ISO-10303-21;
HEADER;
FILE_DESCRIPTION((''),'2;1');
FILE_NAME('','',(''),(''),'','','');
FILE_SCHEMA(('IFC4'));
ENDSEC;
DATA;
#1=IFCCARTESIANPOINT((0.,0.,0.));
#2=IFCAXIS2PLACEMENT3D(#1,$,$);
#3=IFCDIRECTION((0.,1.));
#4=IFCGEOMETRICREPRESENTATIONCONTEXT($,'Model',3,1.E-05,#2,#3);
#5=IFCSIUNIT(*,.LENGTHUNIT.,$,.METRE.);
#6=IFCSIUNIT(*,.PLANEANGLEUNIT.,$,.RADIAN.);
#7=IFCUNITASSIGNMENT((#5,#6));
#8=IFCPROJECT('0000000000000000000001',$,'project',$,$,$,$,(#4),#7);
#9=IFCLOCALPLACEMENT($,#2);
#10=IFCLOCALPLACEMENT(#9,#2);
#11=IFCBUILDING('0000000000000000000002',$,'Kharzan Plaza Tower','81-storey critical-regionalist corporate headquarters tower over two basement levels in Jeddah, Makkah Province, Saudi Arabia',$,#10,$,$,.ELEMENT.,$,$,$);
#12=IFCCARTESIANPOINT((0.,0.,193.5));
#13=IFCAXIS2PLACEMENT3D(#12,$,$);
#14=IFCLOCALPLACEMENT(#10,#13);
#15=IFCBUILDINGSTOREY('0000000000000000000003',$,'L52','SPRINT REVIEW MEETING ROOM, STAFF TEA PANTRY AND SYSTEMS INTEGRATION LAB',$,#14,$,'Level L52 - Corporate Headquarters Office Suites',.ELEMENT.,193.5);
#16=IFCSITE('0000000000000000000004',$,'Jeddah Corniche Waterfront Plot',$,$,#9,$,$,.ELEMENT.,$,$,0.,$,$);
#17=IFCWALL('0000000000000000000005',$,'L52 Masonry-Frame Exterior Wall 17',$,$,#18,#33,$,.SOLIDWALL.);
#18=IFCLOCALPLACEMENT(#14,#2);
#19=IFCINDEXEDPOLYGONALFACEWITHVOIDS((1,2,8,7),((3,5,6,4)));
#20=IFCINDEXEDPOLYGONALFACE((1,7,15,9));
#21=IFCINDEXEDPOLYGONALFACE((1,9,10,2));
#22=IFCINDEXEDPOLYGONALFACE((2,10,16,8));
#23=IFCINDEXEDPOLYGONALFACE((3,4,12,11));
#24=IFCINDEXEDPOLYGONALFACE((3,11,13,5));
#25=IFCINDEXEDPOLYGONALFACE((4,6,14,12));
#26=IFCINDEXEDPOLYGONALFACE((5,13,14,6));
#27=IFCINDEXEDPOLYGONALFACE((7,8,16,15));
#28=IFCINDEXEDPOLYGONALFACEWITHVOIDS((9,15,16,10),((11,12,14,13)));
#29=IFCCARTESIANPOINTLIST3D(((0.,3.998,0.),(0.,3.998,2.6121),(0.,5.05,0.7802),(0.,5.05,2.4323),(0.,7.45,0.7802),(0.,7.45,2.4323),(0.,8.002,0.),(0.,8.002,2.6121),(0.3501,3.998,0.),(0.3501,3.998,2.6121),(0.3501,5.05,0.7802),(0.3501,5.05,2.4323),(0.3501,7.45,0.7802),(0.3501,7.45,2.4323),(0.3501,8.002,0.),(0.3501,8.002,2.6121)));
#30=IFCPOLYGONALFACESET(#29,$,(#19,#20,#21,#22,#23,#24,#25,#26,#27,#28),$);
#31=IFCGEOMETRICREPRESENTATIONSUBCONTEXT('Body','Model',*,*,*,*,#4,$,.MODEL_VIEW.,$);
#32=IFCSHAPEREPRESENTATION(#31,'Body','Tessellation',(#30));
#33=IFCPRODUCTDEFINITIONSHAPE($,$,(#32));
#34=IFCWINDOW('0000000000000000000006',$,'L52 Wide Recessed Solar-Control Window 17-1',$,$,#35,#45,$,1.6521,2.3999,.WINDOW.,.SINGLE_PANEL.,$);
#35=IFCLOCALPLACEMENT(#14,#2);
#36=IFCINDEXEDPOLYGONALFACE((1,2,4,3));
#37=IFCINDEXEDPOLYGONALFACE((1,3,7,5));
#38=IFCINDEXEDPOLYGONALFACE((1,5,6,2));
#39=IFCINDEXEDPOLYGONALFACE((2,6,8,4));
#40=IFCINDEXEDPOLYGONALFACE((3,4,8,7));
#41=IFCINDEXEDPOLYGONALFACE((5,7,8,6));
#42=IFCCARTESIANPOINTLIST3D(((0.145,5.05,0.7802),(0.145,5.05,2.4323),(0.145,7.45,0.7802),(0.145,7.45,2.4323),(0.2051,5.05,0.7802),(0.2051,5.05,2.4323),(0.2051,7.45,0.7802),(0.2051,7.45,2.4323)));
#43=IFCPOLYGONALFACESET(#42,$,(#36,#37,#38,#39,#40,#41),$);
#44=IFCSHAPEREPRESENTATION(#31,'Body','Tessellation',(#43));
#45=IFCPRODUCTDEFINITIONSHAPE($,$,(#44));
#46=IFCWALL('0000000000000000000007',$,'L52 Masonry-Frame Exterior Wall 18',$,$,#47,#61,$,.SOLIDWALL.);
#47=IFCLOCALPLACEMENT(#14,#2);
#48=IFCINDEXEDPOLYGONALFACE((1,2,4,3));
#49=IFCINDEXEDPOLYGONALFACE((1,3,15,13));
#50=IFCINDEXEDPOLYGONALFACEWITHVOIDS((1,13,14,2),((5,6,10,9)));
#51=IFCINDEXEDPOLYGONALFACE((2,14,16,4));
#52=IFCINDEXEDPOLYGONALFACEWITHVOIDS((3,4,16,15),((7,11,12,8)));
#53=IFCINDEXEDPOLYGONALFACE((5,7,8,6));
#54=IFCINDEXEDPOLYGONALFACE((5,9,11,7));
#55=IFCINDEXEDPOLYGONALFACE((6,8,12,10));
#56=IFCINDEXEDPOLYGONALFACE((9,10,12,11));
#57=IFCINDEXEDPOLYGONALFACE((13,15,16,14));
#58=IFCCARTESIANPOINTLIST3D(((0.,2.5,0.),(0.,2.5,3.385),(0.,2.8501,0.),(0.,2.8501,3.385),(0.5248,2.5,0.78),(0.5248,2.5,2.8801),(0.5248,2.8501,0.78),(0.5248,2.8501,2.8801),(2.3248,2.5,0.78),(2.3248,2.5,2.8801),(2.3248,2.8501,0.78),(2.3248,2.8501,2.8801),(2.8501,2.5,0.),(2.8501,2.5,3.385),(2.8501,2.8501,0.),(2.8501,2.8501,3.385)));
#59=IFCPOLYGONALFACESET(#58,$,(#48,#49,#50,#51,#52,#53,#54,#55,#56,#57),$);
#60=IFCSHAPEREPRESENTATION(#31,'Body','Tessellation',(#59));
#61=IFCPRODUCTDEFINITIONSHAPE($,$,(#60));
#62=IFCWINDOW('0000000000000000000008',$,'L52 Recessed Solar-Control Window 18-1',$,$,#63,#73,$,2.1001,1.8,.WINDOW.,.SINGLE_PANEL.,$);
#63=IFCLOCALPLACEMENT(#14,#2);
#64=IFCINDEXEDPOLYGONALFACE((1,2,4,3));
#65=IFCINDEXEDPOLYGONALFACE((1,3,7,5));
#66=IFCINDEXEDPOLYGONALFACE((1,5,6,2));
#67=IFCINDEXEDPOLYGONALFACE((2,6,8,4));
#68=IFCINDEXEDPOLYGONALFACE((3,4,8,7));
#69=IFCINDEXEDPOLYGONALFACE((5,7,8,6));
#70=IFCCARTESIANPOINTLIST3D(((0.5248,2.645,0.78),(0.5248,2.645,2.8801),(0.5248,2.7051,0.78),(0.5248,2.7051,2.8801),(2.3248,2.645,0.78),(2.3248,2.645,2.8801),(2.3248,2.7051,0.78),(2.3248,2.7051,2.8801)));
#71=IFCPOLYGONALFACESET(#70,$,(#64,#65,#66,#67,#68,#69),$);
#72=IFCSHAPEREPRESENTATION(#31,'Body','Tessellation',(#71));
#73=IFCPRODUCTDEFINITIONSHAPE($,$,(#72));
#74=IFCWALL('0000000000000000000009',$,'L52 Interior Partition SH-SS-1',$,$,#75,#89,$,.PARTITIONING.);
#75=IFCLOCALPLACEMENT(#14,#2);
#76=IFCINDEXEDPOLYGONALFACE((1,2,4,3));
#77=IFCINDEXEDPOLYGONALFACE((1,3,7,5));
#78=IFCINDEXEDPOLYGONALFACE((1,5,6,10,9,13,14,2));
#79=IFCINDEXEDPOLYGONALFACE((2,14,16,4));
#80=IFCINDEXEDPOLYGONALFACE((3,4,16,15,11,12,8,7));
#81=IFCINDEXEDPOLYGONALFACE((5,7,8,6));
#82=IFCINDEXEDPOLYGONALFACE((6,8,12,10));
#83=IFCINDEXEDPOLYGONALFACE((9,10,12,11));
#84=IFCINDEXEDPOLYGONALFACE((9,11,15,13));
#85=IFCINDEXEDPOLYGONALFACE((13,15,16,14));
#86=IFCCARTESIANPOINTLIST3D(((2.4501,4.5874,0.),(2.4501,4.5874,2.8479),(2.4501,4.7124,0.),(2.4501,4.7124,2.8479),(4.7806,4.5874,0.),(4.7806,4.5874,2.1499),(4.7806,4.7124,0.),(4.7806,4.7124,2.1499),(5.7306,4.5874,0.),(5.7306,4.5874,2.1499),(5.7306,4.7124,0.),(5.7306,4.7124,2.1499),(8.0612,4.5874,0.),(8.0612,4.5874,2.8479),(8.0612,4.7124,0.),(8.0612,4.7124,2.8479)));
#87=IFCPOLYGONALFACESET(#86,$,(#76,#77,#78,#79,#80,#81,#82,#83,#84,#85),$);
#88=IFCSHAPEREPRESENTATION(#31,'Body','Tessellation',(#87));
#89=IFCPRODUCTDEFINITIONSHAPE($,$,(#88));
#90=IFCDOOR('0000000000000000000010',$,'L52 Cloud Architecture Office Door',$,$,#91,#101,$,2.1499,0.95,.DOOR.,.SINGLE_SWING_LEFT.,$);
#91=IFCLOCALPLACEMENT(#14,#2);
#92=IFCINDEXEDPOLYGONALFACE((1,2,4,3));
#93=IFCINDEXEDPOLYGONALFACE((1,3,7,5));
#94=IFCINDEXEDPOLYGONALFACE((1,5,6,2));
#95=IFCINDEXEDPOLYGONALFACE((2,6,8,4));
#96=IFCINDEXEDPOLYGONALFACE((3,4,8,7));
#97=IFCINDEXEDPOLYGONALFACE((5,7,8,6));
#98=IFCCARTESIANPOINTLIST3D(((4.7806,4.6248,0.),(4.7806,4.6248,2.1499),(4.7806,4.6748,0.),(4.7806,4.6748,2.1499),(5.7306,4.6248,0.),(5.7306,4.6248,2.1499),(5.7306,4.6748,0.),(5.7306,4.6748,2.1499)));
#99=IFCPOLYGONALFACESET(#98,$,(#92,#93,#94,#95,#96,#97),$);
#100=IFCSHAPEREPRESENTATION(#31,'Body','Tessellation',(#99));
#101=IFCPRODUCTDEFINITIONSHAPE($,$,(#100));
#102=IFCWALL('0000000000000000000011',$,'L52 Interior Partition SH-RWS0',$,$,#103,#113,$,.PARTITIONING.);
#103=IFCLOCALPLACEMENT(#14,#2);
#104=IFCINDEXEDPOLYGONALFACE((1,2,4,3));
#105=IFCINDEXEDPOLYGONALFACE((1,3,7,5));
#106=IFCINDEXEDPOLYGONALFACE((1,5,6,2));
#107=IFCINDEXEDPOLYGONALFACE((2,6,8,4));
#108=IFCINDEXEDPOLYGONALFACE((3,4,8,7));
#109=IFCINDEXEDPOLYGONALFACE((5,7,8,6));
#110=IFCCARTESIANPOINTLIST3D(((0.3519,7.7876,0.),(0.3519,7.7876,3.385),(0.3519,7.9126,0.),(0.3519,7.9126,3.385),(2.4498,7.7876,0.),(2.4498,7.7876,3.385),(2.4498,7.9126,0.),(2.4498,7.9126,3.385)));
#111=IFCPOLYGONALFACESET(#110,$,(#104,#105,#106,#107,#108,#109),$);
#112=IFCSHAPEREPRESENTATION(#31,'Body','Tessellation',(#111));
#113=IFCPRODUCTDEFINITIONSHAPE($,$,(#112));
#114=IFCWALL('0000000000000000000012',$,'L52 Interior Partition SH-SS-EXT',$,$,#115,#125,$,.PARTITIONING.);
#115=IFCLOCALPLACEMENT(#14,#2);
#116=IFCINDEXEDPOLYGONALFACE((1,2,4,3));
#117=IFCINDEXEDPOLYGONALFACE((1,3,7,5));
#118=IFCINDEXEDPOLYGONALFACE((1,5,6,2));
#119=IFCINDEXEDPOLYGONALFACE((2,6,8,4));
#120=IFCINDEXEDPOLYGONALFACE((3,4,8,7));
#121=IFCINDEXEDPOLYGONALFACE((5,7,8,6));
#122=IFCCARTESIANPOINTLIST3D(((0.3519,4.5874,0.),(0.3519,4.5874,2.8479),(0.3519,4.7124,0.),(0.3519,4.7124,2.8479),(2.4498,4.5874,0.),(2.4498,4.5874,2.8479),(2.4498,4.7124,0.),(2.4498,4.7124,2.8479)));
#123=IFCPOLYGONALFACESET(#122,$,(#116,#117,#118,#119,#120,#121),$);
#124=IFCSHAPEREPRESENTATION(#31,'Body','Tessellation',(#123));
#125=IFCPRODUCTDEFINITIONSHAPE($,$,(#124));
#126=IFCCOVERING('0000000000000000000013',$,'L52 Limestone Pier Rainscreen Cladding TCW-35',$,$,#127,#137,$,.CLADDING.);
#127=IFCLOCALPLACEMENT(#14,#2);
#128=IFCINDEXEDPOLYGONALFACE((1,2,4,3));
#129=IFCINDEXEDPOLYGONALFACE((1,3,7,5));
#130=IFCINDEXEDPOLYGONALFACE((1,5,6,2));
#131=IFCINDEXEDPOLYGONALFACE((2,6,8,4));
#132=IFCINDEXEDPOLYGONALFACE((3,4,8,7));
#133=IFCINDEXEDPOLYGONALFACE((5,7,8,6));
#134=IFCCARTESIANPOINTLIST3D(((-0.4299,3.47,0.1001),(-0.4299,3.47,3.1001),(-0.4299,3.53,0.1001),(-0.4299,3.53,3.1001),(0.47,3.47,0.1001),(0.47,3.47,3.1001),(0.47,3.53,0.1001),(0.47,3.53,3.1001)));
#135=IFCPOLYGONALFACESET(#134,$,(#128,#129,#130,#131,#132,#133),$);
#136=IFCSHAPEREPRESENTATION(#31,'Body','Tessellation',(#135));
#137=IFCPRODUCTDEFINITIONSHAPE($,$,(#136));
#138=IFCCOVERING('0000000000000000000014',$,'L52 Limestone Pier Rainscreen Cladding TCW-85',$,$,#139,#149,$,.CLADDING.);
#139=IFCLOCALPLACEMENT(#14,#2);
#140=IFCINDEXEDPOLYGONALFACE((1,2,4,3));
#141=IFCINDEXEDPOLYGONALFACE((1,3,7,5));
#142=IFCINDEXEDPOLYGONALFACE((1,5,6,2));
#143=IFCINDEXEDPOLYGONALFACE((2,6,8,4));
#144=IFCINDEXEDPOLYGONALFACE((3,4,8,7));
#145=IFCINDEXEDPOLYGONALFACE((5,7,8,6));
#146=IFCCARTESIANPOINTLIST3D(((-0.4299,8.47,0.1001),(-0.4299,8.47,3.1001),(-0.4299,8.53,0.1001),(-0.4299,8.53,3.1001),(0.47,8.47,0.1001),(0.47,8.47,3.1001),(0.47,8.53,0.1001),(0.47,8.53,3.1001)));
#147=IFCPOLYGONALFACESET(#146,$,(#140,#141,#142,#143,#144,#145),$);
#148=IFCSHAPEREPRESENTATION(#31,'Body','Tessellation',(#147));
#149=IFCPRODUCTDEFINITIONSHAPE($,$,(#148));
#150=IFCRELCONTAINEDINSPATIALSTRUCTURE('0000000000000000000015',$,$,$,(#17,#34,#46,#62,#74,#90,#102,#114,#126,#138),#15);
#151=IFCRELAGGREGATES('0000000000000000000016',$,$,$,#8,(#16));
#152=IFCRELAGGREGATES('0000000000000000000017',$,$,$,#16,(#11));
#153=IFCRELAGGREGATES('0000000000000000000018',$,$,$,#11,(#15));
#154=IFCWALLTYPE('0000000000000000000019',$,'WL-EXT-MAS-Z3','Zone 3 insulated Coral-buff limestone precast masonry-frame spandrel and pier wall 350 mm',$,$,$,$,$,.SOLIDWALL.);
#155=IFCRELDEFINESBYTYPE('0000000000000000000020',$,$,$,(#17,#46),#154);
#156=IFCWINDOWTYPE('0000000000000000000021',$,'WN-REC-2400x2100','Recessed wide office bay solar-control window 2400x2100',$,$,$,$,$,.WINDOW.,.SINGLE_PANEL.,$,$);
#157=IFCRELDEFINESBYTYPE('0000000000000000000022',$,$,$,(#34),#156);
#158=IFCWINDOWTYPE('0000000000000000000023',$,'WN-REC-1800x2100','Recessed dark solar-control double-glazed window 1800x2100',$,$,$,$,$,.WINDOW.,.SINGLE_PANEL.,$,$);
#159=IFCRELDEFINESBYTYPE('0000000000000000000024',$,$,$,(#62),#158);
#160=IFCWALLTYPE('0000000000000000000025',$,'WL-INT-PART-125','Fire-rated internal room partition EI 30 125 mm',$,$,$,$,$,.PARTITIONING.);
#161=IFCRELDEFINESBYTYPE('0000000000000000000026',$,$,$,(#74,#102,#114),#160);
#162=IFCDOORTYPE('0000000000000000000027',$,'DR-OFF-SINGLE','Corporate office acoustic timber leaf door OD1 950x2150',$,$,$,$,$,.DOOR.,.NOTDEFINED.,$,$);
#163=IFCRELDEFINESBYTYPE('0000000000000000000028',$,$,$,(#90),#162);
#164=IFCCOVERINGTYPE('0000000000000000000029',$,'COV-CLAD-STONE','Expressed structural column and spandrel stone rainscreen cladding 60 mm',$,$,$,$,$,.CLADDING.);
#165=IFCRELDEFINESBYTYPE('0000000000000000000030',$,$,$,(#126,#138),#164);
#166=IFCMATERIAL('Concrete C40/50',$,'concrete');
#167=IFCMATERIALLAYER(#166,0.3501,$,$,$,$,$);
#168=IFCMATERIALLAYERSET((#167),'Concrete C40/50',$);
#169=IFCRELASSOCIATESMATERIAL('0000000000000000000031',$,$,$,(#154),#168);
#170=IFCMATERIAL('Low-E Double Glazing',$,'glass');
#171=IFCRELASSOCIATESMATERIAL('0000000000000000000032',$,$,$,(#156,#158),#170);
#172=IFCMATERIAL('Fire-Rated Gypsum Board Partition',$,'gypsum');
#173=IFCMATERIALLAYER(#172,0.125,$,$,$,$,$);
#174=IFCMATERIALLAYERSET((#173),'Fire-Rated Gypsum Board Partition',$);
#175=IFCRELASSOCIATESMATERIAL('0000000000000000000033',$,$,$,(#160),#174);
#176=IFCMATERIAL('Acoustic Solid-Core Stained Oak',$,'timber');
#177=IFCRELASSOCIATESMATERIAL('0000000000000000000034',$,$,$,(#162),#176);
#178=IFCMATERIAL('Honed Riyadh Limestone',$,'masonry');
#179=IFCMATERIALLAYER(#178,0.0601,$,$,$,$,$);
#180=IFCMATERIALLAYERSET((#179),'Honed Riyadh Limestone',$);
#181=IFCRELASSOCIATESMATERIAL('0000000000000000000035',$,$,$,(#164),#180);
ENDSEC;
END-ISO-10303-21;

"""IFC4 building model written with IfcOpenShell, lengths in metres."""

from ifc_helpers import new_model, si_unit, direction, frame, frame_2d, origin, origin_2d, place, context, subcontext, project, spatial, rectangle, extrude, source, transform, mapped, material, layer, layer_set, type_object, element, fill, save


model = new_model("IFC4")

# Units and contexts
model_context = context("Model", 3, precision=1e-05, world=origin(), true_north=direction((0.0, 1.0)))
body_context = subcontext(model_context, "Body", "Model", "MODEL_VIEW")
ifc_project = project(units=[si_unit("LENGTHUNIT", "METRE"), si_unit("PLANEANGLEUNIT", "RADIAN")], contexts=[model_context])

# Site, building, storey
site_placement = place(None, origin())
site = spatial("IfcSite", under=ifc_project, at=site_placement, Name="Jeddah Corniche Waterfront Plot", CompositionType="ELEMENT", RefElevation=0.0)
building_placement = place(site_placement, origin())
building = spatial("IfcBuilding", under=site, at=building_placement, Name="Kharzan Plaza Tower", Description="81-storey critical-regionalist corporate headquarters tower over two basement levels in Jeddah, Makkah Province, Saudi Arabia", CompositionType="ELEMENT")
storey_placement = place(building_placement, frame((0.0, 0.0, 193.5)))
storey = spatial("IfcBuildingStorey", under=building, at=storey_placement, Name="L52", Description="SPRINT REVIEW MEETING ROOM, STAFF TEA PANTRY AND SYSTEMS INTEGRATION LAB", LongName="Level L52 - Corporate Headquarters Office Suites", CompositionType="ELEMENT", Elevation=193.5)

# Shared definitions
ifc_material_1 = material(Name="Concrete C40/50", Category="concrete")

# Walls, openings, windows
ifc_layer_1 = layer(ifc_material_1, 0.3501)
ifc_layer_set_1 = layer_set([ifc_layer_1], Name="Concrete C40/50")
wall_type_1 = type_object("IfcWallType", Name="WL-EXT-MAS-Z3", Description="Zone 3 insulated Coral-buff limestone precast masonry-frame spandrel and pier wall 350 mm", PredefinedType="SOLIDWALL", material=ifc_layer_set_1)
wall_1_placement = place(storey_placement, frame((0.175, 8.002, 0.0), z_axis=(0.0, 0.0, 1.0), x_axis=(0.0, -1.0, 0.0)))
wall_1 = element("IfcWall", 1, at=wall_1_placement, inside=storey, type_object=wall_type_1, Name="L52 Masonry-Frame Exterior Wall 17", PredefinedType="SOLIDWALL", context=body_context, shape_type="SweptSolid", body=[
    extrude(rectangle(XDim=4.0039, YDim=0.3501, at=frame_2d((2.002, 0.0))), origin(), (0.0, 0.0, 1.0), 2.6121),
])
opening_1_placement = place(wall_1_placement, frame((0.552, 0.0, 0.78)))
opening_1 = element("IfcOpeningElement", 2, at=opening_1_placement, cuts=wall_1, PredefinedType="OPENING", context=body_context, shape_type="SweptSolid", body=[
    extrude(rectangle(XDim=2.3999, YDim=1.6521, at=frame_2d((1.2, 0.8262))), frame((0.0, 0.1851, 0.0), z_axis=(0.0, -1.0, 0.0), x_axis=(1.0, 0.0, 0.0)), (0.0, 0.0, 1.0), 0.3701),
])
ifc_material_2 = material(Name="Low-E Double Glazing", Category="glass")
window_type_1 = type_object("IfcWindowType", Name="WN-REC-2400x2100", Description="Recessed wide office bay solar-control window 2400x2100", PartitioningType="SINGLE_PANEL", PredefinedType="WINDOW", material=ifc_material_2)
shared_shape_1 = source(origin(), body_context, "Body", "SweptSolid", [
    extrude(rectangle(XDim=2.3999, YDim=1.6521, at=frame_2d((1.2, 0.8262))), frame((0.0, 0.03, 0.0), z_axis=(0.0, -1.0, 0.0), x_axis=(1.0, 0.0, 0.0)), (0.0, 0.0, 1.0), 0.0601),
])
window_1_placement = place(opening_1_placement, origin())
window_1 = element("IfcWindow", 3, at=window_1_placement, inside=storey, type_object=window_type_1, Name="L52 Wide Recessed Solar-Control Window 17-1", OverallHeight=1.6521, OverallWidth=2.3999, PartitioningType="SINGLE_PANEL", PredefinedType="WINDOW", context=body_context, shape_type="MappedRepresentation", body=[
    mapped(shared_shape_1, transform((0.0, 0.0, 0.0), x_axis=(1.0, 0.0, 0.0), y_axis=(0.0, 1.0, 0.0), z_axis=(0.0, 0.0, 1.0))),
])
fill(opening_1, window_1)
wall_2_placement = place(storey_placement, frame((0.0, 2.675, 0.0), z_axis=(0.0, 0.0, 1.0), x_axis=(1.0, 0.0, 0.0)))
wall_2 = element("IfcWall", 4, at=wall_2_placement, inside=storey, type_object=wall_type_1, Name="L52 Masonry-Frame Exterior Wall 18", PredefinedType="SOLIDWALL", context=body_context, shape_type="SweptSolid", body=[
    extrude(rectangle(XDim=2.8501, YDim=0.3501, at=frame_2d((1.425, 0.0))), origin(), (0.0, 0.0, 1.0), 3.385),
])
opening_2_placement = place(wall_2_placement, frame((0.5249, 0.0, 0.78)))
opening_2 = element("IfcOpeningElement", 5, at=opening_2_placement, cuts=wall_2, PredefinedType="OPENING", context=body_context, shape_type="SweptSolid", body=[
    extrude(rectangle(XDim=1.8, YDim=2.1001, at=frame_2d((0.8999, 1.05))), frame((0.0, 0.1851, 0.0), z_axis=(0.0, -1.0, 0.0), x_axis=(1.0, 0.0, 0.0)), (0.0, 0.0, 1.0), 0.3701),
])
window_type_2 = type_object("IfcWindowType", Name="WN-REC-1800x2100", Description="Recessed dark solar-control double-glazed window 1800x2100", PartitioningType="SINGLE_PANEL", PredefinedType="WINDOW", material=ifc_material_2)
shared_shape_2 = source(origin(), body_context, "Body", "SweptSolid", [
    extrude(rectangle(XDim=1.8, YDim=2.1001, at=frame_2d((0.8999, 1.05))), frame((0.0, 0.03, 0.0), z_axis=(0.0, -1.0, 0.0), x_axis=(1.0, 0.0, 0.0)), (0.0, 0.0, 1.0), 0.0601),
])
window_2_placement = place(opening_2_placement, origin())
window_2 = element("IfcWindow", 6, at=window_2_placement, inside=storey, type_object=window_type_2, Name="L52 Recessed Solar-Control Window 18-1", OverallHeight=2.1001, OverallWidth=1.8, PartitioningType="SINGLE_PANEL", PredefinedType="WINDOW", context=body_context, shape_type="MappedRepresentation", body=[
    mapped(shared_shape_2, transform((0.0, 0.0, 0.0), x_axis=(1.0, 0.0, 0.0), y_axis=(0.0, 1.0, 0.0), z_axis=(0.0, 0.0, 1.0))),
])
fill(opening_2, window_2)

# Wall, opening, door
ifc_material_3 = material(Name="Fire-Rated Gypsum Board Partition", Category="gypsum")
ifc_layer_2 = layer(ifc_material_3, 0.125)
ifc_layer_set_2 = layer_set([ifc_layer_2], Name="Fire-Rated Gypsum Board Partition")
wall_type_2 = type_object("IfcWallType", Name="WL-INT-PART-125", Description="Fire-rated internal room partition EI 30 125 mm", PredefinedType="PARTITIONING", material=ifc_layer_set_2)
wall_3_placement = place(storey_placement, frame((2.45, 4.6499, 0.0), z_axis=(0.0, 0.0, 1.0), x_axis=(1.0, 0.0, 0.0)))
wall_3 = element("IfcWall", 7, at=wall_3_placement, inside=storey, type_object=wall_type_2, Name="L52 Interior Partition SH-SS-1", PredefinedType="PARTITIONING", context=body_context, shape_type="SweptSolid", body=[
    extrude(rectangle(XDim=5.6111, YDim=0.125, at=frame_2d((2.8057, 0.0))), origin(), (0.0, 0.0, 1.0), 2.8479),
])
opening_3_placement = place(wall_3_placement, frame((2.3306, 0.0, 0.0)))
opening_3 = element("IfcOpeningElement", 8, at=opening_3_placement, cuts=wall_3, PredefinedType="OPENING", context=body_context, shape_type="SweptSolid", body=[
    extrude(rectangle(XDim=0.95, YDim=2.1499, at=frame_2d((0.4751, 1.075))), frame((0.0, 0.0725, 0.0), z_axis=(0.0, -1.0, 0.0), x_axis=(1.0, 0.0, 0.0)), (0.0, 0.0, 1.0), 0.145),
])
ifc_material_4 = material(Name="Acoustic Solid-Core Stained Oak", Category="timber")
door_type = type_object("IfcDoorType", Name="DR-OFF-SINGLE", Description="Corporate office acoustic timber leaf door OD1 950x2150", OperationType="NOTDEFINED", PredefinedType="DOOR", material=ifc_material_4)
shared_shape_3 = source(origin(), body_context, "Body", "SweptSolid", [
    extrude(rectangle(XDim=0.95, YDim=2.1499, at=frame_2d((0.4751, 1.075))), frame((0.0, 0.0249, 0.0), z_axis=(0.0, -1.0, 0.0), x_axis=(1.0, 0.0, 0.0)), (0.0, 0.0, 1.0), 0.05),
])
door_placement = place(opening_3_placement, origin())
door = element("IfcDoor", 9, at=door_placement, inside=storey, type_object=door_type, Name="L52 Cloud Architecture Office Door", OperationType="SINGLE_SWING_LEFT", OverallHeight=2.1499, OverallWidth=0.95, PredefinedType="DOOR", context=body_context, shape_type="MappedRepresentation", body=[
    mapped(shared_shape_3, transform((0.0, 0.0, 0.0), x_axis=(1.0, 0.0, 0.0), y_axis=(0.0, 1.0, 0.0), z_axis=(0.0, 0.0, 1.0))),
])
fill(opening_3, door)

# Walls
shared_shape_4 = source(origin(), body_context, "Body", "SweptSolid", [
    extrude(rectangle(XDim=2.0979, YDim=0.125, at=frame_2d((1.0488, 0.0))), origin(), (0.0, 0.0, 1.0), 3.385),
])
wall_4_placement = place(storey_placement, frame((0.3521, 7.8501, 0.0), z_axis=(0.0, 0.0, 1.0), x_axis=(1.0, 0.0, 0.0)))
element("IfcWall", 10, at=wall_4_placement, inside=storey, type_object=wall_type_2, Name="L52 Interior Partition SH-RWS0", PredefinedType="PARTITIONING", context=body_context, shape_type="MappedRepresentation", body=[
    mapped(shared_shape_4, transform((0.0, 0.0, 0.0), x_axis=(1.0, 0.0, 0.0), y_axis=(0.0, 1.0, 0.0), z_axis=(0.0, 0.0, 1.0))),
])
shared_shape_5 = source(origin(), body_context, "Body", "SweptSolid", [
    extrude(rectangle(XDim=2.0979, YDim=0.125, at=frame_2d((1.0488, 0.0))), origin(), (0.0, 0.0, 1.0), 2.8479),
])
wall_5_placement = place(storey_placement, frame((0.3521, 4.6499, 0.0), z_axis=(0.0, 0.0, 1.0), x_axis=(1.0, 0.0, 0.0)))
element("IfcWall", 11, at=wall_5_placement, inside=storey, type_object=wall_type_2, Name="L52 Interior Partition SH-SS-EXT", PredefinedType="PARTITIONING", context=body_context, shape_type="MappedRepresentation", body=[
    mapped(shared_shape_5, transform((0.0, 0.0, 0.0), x_axis=(1.0, 0.0, 0.0), y_axis=(0.0, 1.0, 0.0), z_axis=(0.0, 0.0, 1.0))),
])

# Coverings
ifc_material_5 = material(Name="Honed Riyadh Limestone", Category="masonry")
ifc_layer_3 = layer(ifc_material_5, 0.0601)
ifc_layer_set_3 = layer_set([ifc_layer_3], Name="Honed Riyadh Limestone")
covering_type = type_object("IfcCoveringType", Name="COV-CLAD-STONE", Description="Expressed structural column and spandrel stone rainscreen cladding 60 mm", PredefinedType="CLADDING", material=ifc_layer_set_3)
shared_shape_6 = source(origin(), body_context, "Body", "SweptSolid", [
    extrude(rectangle(XDim=0.0601, YDim=0.8999, at=origin_2d()), origin(), (0.0, 0.0, 1.0), 3.0),
])
for number, where, z_axis, x_axis, name in (
    (12, (0.02, 3.5, 0.1001), (0.0, 0.0, 1.0), (0.0, 1.0, 0.0), "L52 Limestone Pier Rainscreen Cladding TCW-35"),
    (13, (0.02, 8.5, 0.1001), (0.0, 0.0, 1.0), (0.0, 1.0, 0.0), "L52 Limestone Pier Rainscreen Cladding TCW-85"),
):
    element("IfcCovering", number, at=place(storey_placement, frame(where, z_axis=z_axis, x_axis=x_axis)), inside=storey, type_object=covering_type, Name=name, PredefinedType="CLADDING", context=body_context, shape_type="MappedRepresentation", body=[
        mapped(shared_shape_6, transform((0.0, 0.0, 0.0), x_axis=(1.0, 0.0, 0.0), y_axis=(0.0, 1.0, 0.0), z_axis=(0.0, 0.0, 1.0))),
    ])

save(model, "model.ifc")
